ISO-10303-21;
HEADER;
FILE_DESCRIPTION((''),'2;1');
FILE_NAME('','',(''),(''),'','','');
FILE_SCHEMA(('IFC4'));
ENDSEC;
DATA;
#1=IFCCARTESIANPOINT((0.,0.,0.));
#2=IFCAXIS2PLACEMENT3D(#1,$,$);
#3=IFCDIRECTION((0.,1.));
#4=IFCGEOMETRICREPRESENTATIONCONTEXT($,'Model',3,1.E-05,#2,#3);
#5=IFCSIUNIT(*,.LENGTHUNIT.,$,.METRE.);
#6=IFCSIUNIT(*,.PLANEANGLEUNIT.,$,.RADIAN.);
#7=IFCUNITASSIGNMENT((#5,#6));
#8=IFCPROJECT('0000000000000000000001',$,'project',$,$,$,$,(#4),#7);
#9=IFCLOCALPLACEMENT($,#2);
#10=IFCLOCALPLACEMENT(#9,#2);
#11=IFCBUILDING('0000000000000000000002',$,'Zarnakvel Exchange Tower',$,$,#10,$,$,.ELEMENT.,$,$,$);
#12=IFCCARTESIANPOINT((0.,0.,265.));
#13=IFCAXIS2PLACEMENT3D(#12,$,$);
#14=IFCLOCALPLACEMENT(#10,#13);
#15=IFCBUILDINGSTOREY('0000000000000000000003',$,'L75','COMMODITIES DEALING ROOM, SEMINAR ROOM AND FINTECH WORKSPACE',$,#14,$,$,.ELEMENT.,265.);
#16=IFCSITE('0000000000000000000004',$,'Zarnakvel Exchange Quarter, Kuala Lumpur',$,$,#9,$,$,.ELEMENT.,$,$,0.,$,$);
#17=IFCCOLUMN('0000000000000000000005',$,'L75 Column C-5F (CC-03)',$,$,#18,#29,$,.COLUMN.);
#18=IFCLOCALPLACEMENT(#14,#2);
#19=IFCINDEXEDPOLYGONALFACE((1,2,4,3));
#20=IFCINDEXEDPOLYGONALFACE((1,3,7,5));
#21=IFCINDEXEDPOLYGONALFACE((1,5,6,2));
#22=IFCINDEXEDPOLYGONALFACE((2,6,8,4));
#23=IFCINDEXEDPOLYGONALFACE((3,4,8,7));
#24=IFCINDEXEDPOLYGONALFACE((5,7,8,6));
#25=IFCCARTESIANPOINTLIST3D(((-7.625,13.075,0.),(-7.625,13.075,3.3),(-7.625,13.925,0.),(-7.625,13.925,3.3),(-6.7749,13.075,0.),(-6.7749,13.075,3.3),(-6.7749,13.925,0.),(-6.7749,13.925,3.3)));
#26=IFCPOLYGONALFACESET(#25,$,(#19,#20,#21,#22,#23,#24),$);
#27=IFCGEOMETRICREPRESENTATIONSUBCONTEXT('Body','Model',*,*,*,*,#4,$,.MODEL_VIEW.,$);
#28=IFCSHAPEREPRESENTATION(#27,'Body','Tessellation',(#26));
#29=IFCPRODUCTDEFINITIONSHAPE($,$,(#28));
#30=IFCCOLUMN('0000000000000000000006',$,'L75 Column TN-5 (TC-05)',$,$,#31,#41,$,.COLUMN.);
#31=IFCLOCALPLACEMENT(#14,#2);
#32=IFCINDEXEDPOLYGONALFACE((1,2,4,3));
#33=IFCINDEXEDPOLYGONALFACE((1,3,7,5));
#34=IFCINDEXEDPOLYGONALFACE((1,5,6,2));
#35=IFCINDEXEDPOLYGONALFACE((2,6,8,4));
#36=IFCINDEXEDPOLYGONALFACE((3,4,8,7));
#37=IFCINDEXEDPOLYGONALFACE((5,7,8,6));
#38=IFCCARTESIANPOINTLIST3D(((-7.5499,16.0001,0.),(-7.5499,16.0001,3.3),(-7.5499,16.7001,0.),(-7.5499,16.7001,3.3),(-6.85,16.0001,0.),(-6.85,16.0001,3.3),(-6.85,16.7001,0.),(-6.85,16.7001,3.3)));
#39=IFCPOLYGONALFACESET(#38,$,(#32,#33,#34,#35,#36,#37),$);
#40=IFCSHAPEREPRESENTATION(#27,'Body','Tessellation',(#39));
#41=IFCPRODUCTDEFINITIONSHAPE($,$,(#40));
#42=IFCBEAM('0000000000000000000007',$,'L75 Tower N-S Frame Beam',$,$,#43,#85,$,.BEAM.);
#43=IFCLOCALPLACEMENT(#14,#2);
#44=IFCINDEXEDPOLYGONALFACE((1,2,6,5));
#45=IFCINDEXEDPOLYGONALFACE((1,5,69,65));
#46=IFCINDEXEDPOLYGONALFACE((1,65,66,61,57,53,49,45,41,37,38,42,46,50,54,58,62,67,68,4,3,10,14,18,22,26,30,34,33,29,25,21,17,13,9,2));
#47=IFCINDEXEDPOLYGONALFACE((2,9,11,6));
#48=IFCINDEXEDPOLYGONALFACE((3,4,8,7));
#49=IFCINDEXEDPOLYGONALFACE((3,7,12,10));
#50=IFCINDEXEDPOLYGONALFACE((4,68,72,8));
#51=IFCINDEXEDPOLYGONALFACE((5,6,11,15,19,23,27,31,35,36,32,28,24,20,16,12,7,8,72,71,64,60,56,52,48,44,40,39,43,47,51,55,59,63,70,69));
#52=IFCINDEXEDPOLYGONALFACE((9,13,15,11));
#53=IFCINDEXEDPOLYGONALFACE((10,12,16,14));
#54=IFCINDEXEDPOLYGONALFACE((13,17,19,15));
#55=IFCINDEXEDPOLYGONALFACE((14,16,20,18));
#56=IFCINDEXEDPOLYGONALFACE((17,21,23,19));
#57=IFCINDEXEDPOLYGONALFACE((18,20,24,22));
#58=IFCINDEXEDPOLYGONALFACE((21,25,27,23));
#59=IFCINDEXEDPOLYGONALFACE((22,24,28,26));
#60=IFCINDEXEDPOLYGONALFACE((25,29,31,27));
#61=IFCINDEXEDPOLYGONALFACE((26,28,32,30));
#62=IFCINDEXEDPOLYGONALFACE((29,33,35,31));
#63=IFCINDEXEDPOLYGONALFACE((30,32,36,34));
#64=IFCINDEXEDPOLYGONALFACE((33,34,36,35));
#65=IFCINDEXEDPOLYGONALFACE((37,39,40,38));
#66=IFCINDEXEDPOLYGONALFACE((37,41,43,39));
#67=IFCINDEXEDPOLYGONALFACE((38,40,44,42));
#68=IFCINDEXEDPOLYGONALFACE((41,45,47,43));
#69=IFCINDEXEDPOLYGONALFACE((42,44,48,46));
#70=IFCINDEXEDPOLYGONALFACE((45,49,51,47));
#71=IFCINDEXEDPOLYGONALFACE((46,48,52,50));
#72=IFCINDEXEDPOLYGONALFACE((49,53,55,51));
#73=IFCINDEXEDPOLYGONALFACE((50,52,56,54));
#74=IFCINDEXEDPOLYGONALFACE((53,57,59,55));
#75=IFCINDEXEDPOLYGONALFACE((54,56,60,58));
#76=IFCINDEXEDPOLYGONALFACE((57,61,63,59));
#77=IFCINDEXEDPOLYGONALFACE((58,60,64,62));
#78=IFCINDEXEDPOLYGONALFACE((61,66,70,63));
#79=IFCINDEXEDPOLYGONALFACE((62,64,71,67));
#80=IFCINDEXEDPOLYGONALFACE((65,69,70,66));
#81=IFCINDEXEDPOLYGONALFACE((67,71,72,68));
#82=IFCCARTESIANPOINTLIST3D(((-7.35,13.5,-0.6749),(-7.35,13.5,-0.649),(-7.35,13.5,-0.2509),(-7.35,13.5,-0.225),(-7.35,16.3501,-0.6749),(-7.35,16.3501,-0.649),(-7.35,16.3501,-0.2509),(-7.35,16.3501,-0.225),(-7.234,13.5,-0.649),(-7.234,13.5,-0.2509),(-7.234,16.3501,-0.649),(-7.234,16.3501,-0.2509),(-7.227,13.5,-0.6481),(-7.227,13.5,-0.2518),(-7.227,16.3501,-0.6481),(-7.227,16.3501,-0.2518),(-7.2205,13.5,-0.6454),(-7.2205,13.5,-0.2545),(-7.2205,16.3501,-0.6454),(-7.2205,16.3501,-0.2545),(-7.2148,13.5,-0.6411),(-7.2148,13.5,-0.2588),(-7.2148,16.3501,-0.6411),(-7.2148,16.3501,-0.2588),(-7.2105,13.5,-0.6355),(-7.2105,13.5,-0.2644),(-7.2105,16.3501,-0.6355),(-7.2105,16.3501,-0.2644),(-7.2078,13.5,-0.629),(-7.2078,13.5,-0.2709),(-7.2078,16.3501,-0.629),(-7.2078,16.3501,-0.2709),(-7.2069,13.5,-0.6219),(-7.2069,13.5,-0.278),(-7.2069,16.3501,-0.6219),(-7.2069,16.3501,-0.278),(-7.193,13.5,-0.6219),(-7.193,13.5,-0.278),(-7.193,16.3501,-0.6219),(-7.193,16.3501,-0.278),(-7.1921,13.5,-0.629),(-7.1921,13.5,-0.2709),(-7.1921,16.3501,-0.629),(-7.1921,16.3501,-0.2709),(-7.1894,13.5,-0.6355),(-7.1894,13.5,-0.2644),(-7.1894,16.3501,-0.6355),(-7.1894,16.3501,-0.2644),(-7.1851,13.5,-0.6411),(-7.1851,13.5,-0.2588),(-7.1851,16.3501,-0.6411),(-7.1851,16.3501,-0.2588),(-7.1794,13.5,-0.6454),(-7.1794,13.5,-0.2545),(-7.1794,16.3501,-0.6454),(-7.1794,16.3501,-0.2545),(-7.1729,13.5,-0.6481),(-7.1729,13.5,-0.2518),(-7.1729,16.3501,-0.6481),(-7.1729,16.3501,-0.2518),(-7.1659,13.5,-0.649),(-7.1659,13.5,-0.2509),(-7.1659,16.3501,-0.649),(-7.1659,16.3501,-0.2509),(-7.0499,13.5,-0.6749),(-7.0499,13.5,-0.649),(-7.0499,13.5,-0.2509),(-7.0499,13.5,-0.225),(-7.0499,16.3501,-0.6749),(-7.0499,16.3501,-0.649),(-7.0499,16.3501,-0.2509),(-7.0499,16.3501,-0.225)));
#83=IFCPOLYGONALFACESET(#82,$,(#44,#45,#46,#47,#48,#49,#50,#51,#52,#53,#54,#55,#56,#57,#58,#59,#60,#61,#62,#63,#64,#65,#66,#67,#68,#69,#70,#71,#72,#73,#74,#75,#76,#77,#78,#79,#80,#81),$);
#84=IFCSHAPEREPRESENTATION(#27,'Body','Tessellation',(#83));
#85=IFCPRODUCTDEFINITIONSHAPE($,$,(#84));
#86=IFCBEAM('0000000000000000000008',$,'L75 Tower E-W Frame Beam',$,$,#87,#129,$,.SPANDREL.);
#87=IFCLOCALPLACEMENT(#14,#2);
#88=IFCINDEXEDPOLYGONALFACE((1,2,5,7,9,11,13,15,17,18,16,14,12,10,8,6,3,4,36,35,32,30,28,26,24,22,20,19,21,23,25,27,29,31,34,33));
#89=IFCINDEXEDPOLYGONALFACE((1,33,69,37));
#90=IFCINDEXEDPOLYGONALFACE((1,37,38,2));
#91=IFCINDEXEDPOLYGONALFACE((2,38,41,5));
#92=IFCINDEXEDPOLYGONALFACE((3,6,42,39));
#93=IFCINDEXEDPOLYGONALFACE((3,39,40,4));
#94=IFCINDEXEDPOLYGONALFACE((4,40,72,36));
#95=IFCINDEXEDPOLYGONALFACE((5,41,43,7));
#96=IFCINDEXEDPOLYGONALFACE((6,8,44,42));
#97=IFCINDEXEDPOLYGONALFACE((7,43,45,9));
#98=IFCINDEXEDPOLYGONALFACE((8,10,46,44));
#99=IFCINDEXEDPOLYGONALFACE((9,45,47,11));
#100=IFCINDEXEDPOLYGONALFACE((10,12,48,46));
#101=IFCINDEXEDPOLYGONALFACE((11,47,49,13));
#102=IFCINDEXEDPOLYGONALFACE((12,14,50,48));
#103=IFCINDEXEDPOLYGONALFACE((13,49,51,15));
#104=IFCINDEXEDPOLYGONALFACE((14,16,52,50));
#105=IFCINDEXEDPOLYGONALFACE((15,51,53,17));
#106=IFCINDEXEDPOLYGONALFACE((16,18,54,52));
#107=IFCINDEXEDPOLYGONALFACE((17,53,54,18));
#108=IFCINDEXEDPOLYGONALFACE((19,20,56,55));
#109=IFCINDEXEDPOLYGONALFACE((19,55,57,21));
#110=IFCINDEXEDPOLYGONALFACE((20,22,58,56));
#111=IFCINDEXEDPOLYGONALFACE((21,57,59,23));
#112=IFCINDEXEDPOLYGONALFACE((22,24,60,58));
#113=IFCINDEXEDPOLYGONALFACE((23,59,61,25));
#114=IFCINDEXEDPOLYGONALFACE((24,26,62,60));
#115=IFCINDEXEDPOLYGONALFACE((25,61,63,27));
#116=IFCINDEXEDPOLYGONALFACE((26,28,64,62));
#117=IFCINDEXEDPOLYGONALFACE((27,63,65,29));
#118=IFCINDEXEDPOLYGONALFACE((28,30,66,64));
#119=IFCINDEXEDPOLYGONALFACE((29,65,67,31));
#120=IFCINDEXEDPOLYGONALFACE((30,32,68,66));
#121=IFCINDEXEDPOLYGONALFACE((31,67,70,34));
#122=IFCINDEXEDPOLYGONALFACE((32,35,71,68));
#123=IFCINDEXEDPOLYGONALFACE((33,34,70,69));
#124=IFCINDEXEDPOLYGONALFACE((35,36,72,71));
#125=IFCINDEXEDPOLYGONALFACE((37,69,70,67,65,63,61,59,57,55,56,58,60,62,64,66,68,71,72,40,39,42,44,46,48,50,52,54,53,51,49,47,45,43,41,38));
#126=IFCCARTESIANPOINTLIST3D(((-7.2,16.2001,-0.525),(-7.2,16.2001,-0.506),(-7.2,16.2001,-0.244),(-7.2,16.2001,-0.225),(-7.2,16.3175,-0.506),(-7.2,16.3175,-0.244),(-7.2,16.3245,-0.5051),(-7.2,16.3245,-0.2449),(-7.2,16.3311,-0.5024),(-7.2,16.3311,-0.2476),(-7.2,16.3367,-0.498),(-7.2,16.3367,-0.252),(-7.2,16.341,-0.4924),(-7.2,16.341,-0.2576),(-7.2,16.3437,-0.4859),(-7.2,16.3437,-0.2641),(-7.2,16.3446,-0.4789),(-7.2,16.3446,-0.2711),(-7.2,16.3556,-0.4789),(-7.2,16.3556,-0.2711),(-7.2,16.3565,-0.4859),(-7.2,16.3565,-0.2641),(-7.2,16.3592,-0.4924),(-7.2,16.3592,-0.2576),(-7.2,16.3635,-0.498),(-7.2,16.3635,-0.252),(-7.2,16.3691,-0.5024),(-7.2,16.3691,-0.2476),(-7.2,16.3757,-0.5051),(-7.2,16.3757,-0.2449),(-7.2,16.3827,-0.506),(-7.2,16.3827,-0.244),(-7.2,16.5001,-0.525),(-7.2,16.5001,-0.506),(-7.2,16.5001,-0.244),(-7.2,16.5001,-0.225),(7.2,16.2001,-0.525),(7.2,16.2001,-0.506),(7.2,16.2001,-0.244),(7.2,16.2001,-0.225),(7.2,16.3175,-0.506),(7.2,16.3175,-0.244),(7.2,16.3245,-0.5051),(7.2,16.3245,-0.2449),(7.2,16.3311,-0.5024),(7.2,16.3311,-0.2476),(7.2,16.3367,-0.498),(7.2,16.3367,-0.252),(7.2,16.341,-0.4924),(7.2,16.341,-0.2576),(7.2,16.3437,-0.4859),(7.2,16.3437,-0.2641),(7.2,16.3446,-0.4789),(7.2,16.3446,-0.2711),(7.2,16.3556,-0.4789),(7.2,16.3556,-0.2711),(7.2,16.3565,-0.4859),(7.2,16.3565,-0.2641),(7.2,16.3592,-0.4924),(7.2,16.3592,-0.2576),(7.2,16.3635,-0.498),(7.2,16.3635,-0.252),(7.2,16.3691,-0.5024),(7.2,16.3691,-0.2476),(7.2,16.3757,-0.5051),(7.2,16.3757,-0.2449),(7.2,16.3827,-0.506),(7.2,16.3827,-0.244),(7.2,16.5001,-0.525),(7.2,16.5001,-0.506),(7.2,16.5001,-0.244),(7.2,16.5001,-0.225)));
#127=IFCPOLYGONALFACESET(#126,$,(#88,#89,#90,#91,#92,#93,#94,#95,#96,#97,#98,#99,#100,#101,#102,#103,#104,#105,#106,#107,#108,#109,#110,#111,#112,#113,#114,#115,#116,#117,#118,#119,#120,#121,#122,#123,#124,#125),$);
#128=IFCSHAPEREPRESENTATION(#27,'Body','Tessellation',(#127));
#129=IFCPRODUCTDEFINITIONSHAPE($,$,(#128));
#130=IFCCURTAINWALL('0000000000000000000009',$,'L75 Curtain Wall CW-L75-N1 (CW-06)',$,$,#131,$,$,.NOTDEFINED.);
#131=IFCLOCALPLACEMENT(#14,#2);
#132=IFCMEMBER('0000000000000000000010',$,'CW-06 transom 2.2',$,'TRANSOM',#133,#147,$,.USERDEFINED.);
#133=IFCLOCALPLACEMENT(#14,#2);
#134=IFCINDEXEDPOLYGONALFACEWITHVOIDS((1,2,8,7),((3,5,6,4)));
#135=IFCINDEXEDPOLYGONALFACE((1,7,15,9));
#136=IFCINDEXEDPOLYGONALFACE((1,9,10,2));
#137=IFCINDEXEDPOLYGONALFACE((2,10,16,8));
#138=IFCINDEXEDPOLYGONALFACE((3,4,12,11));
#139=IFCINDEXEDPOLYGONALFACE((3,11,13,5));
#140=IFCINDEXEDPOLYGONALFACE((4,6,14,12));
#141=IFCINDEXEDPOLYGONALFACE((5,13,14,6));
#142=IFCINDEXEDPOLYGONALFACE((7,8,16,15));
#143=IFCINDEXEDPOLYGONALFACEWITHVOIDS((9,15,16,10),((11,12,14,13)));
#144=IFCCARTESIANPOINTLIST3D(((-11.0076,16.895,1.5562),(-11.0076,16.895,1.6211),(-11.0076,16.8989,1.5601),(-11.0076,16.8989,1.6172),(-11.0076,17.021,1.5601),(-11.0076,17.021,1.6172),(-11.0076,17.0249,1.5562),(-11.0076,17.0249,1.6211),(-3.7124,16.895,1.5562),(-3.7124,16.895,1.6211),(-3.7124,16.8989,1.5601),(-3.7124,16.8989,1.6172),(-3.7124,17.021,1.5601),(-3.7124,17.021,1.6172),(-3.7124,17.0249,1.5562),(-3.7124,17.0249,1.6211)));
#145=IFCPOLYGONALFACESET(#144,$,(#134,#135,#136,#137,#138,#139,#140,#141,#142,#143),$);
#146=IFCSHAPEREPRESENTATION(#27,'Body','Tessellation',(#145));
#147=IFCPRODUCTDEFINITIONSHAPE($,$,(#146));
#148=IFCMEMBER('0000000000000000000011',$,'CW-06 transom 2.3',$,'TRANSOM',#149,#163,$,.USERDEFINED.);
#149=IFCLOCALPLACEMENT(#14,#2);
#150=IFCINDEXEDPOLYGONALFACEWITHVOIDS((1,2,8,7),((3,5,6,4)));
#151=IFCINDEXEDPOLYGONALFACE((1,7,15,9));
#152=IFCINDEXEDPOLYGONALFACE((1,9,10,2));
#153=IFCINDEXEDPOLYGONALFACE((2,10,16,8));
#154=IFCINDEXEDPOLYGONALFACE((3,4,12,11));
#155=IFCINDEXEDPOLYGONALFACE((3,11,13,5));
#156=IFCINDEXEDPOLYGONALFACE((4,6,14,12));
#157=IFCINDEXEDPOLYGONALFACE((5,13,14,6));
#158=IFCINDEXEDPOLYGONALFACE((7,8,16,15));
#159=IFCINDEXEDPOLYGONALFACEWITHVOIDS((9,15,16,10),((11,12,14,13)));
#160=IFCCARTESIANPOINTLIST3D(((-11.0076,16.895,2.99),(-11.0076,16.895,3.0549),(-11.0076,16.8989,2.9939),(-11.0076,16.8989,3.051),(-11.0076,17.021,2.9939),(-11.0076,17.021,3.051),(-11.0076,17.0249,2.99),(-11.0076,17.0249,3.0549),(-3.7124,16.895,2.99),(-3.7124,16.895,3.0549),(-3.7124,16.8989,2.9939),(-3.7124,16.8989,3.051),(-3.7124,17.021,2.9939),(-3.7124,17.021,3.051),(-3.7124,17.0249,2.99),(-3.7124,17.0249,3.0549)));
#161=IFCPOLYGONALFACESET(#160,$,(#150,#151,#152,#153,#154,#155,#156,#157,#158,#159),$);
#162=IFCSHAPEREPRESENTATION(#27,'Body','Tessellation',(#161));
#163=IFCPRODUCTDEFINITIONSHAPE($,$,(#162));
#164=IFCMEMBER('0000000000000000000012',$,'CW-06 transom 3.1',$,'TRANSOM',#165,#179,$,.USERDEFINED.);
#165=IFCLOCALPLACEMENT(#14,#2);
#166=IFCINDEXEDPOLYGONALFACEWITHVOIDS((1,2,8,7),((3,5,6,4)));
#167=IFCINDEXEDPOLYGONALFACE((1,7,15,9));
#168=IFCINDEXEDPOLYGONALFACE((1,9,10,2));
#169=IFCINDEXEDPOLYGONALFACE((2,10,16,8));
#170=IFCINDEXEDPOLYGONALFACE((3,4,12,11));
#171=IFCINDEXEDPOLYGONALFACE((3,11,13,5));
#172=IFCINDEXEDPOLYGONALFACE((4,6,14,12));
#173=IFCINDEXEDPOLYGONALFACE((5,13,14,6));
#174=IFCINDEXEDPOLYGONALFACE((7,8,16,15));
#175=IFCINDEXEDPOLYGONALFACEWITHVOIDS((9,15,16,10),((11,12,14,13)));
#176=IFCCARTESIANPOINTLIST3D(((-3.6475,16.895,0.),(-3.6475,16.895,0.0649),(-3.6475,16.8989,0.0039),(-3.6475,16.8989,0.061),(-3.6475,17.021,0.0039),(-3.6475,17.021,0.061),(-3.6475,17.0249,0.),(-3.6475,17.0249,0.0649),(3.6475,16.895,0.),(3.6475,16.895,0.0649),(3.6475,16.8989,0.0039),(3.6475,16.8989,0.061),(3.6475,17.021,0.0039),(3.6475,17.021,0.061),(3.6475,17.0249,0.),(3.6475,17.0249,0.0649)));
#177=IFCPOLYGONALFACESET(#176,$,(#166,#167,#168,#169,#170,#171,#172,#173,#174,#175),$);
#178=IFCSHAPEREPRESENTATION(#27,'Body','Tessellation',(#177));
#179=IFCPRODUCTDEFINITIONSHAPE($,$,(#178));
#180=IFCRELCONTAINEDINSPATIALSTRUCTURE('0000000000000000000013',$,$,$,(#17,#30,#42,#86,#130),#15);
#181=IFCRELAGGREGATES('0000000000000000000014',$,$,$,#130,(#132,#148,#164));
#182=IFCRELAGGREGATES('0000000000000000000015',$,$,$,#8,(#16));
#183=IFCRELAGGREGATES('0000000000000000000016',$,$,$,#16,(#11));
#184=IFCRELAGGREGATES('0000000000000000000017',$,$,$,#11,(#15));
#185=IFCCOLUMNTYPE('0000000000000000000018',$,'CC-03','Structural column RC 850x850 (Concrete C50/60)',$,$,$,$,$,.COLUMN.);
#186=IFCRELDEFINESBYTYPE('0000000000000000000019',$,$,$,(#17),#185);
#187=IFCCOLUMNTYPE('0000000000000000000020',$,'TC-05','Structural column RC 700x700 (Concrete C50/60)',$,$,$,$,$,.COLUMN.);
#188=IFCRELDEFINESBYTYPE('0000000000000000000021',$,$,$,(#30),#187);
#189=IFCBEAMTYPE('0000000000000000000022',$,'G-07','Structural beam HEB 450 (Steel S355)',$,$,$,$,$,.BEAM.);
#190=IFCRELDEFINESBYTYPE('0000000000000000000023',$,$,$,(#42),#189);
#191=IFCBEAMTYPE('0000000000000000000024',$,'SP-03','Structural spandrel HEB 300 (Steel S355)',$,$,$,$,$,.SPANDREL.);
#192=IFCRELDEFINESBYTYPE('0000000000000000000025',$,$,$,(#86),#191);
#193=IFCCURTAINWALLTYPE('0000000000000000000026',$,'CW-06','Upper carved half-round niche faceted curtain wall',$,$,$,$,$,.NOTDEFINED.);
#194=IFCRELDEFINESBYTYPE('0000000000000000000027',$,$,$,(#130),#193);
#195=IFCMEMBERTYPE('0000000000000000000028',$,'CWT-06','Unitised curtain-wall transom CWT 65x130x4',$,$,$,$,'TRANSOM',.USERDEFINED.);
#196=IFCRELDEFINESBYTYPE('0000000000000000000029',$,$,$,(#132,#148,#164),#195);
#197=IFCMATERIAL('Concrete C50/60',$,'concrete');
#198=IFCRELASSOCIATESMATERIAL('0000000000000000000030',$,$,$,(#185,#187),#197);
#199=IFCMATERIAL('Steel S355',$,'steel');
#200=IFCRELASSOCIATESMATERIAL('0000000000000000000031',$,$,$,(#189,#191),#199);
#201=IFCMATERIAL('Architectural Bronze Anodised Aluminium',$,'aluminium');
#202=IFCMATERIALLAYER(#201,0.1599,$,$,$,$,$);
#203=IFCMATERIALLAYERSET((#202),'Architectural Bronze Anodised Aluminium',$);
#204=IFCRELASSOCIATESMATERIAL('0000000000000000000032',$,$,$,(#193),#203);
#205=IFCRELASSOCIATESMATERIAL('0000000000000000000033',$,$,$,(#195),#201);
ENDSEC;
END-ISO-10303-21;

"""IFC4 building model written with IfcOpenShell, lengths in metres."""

from ifc_helpers import new_model, si_unit, direction, frame, origin, origin_2d, place, context, subcontext, project, spatial, rectangle, hollow_rectangle, i_section, extrude, source, transform, mapped, material, layer, layer_set, material_profile, profile_set, type_object, element, aggregate, save


model = new_model("IFC4")

# Units and contexts
model_context = context("Model", 3, precision=1e-05, world=origin(), true_north=direction((0.0, 1.0)))
body_context = subcontext(model_context, "Body", "Model", "MODEL_VIEW")
ifc_project = project(units=[si_unit("LENGTHUNIT", "METRE"), si_unit("PLANEANGLEUNIT", "RADIAN")], contexts=[model_context])

# Site, building, storey
site_placement = place(None, origin())
site = spatial("IfcSite", under=ifc_project, at=site_placement, Name="Zarnakvel Exchange Quarter, Kuala Lumpur", CompositionType="ELEMENT", RefElevation=0.0)
building_placement = place(site_placement, origin())
building = spatial("IfcBuilding", under=site, at=building_placement, Name="Zarnakvel Exchange Tower", CompositionType="ELEMENT")
storey_placement = place(building_placement, frame((0.0, 0.0, 265.0)))
storey = spatial("IfcBuildingStorey", under=building, at=storey_placement, Name="L75", Description="COMMODITIES DEALING ROOM, SEMINAR ROOM AND FINTECH WORKSPACE", CompositionType="ELEMENT", Elevation=265.0)

# Columns
ifc_material_1 = material(Name="Concrete C50/60", Category="concrete")
ifc_material_profile_1 = material_profile(ifc_material_1, rectangle(XDim=0.8501, YDim=0.8501, at=origin_2d()))
ifc_profile_set_1 = profile_set([ifc_material_profile_1], Name="Concrete C50/60")
column_type_1 = type_object("IfcColumnType", Name="CC-03", Description="Structural column RC 850x850 (Concrete C50/60)", PredefinedType="COLUMN", material=ifc_profile_set_1)
column_1_placement = place(storey_placement, frame((-7.2, 13.5, 0.0), z_axis=(0.0, 0.0, 1.0), x_axis=(1.0, 0.0, 0.0)))
element("IfcColumn", 1, at=column_1_placement, inside=storey, type_object=column_type_1, Name="L75 Column C-5F (CC-03)", PredefinedType="COLUMN", context=body_context, shape_type="SweptSolid", body=[
    extrude(rectangle(XDim=0.8501, YDim=0.8501, at=origin_2d()), origin(), (0.0, 0.0, 1.0), 3.3),
])
ifc_material_profile_2 = material_profile(ifc_material_1, rectangle(XDim=0.7, YDim=0.7, at=origin_2d()))
ifc_profile_set_2 = profile_set([ifc_material_profile_2], Name="Concrete C50/60")
column_type_2 = type_object("IfcColumnType", Name="TC-05", Description="Structural column RC 700x700 (Concrete C50/60)", PredefinedType="COLUMN", material=ifc_profile_set_2)
column_2_placement = place(storey_placement, frame((-7.2, 16.3501, 0.0), z_axis=(0.0, 0.0, 1.0), x_axis=(1.0, 0.0, 0.0)))
element("IfcColumn", 2, at=column_2_placement, inside=storey, type_object=column_type_2, Name="L75 Column TN-5 (TC-05)", PredefinedType="COLUMN", context=body_context, shape_type="SweptSolid", body=[
    extrude(rectangle(XDim=0.7, YDim=0.7, at=origin_2d()), origin(), (0.0, 0.0, 1.0), 3.3),
])

# Beams
ifc_material_2 = material(Name="Steel S355", Category="steel")
ifc_material_profile_3 = material_profile(ifc_material_2, i_section(OverallWidth=0.3, OverallDepth=0.45, WebThickness=0.0139, FlangeThickness=0.0259, FilletRadius=0.0271, at=origin_2d()))
ifc_profile_set_3 = profile_set([ifc_material_profile_3], Name="Steel S355")
beam_type_1 = type_object("IfcBeamType", Name="G-07", Description="Structural beam HEB 450 (Steel S355)", PredefinedType="BEAM", material=ifc_profile_set_3)
beam_1_placement = place(storey_placement, frame((-7.2, 13.5, -0.45), z_axis=(0.0, 1.0, 0.0), x_axis=(-1.0, 0.0, 0.0)))
element("IfcBeam", 3, at=beam_1_placement, inside=storey, type_object=beam_type_1, Name="L75 Tower N-S Frame Beam", PredefinedType="BEAM", context=body_context, shape_type="SweptSolid", body=[
    extrude(i_section(OverallWidth=0.3, OverallDepth=0.45, WebThickness=0.0139, FlangeThickness=0.0259, FilletRadius=0.0271, at=origin_2d()), origin(), (0.0, 0.0, 1.0), 2.8501),
])
ifc_material_profile_4 = material_profile(ifc_material_2, i_section(OverallWidth=0.3, OverallDepth=0.3, WebThickness=0.011, FlangeThickness=0.019, FilletRadius=0.0271, at=origin_2d()))
ifc_profile_set_4 = profile_set([ifc_material_profile_4], Name="Steel S355")
beam_type_2 = type_object("IfcBeamType", Name="SP-03", Description="Structural spandrel HEB 300 (Steel S355)", PredefinedType="SPANDREL", material=ifc_profile_set_4)
beam_2_placement = place(storey_placement, frame((-7.2, 16.3501, -0.375), z_axis=(1.0, 0.0, 0.0), x_axis=(0.0, 1.0, 0.0)))
element("IfcBeam", 4, at=beam_2_placement, inside=storey, type_object=beam_type_2, Name="L75 Tower E-W Frame Beam", PredefinedType="SPANDREL", context=body_context, shape_type="SweptSolid", body=[
    extrude(i_section(OverallWidth=0.3, OverallDepth=0.3, WebThickness=0.011, FlangeThickness=0.019, FilletRadius=0.0271, at=origin_2d()), origin(), (0.0, 0.0, 1.0), 14.3999),
])

# Curtain wall, members
ifc_material_3 = material(Name="Architectural Bronze Anodised Aluminium", Category="aluminium")
ifc_layer_1 = layer(ifc_material_3, 0.1599)
ifc_layer_set_1 = layer_set([ifc_layer_1], Name="Architectural Bronze Anodised Aluminium")
curtain_wall_type = type_object("IfcCurtainWallType", Name="CW-06", Description="Upper carved half-round niche faceted curtain wall", PredefinedType="NOTDEFINED", material=ifc_layer_set_1)
curtain_wall_placement = place(storey_placement, origin())
curtain_wall = element("IfcCurtainWall", 5, at=curtain_wall_placement, inside=storey, type_object=curtain_wall_type, Name="L75 Curtain Wall CW-L75-N1 (CW-06)", PredefinedType="NOTDEFINED")
ifc_material_profile_5 = material_profile(ifc_material_3, hollow_rectangle(XDim=0.1299, YDim=0.0649, WallThickness=0.0039, at=origin_2d()))
ifc_profile_set_5 = profile_set([ifc_material_profile_5], Name="Architectural Bronze Anodised Aluminium")
member_type_1 = type_object("IfcMemberType", Name="CWT-06", Description="Unitised curtain-wall transom CWT 65x130x4", ElementType="TRANSOM", PredefinedType="USERDEFINED", material=ifc_profile_set_5)
shared_shape_1 = source(origin(), body_context, "Body", "SweptSolid", [
    extrude(hollow_rectangle(XDim=0.1299, YDim=0.0649, WallThickness=0.0039, at=origin_2d()), origin(), (0.0, 0.0, 1.0), 7.2952),
])
member_1_placement = place(storey_placement, frame((-11.0076, 16.96, 1.5886), z_axis=(1.0, 0.0, 0.0), x_axis=(0.0, 1.0, 0.0)))
member_1 = element("IfcMember", 6, at=member_1_placement, type_object=member_type_1, Name="CW-06 transom 2.2", ObjectType="TRANSOM", PredefinedType="USERDEFINED", context=body_context, shape_type="MappedRepresentation", body=[
    mapped(shared_shape_1, transform((0.0, 0.0, 0.0), x_axis=(1.0, 0.0, 0.0), y_axis=(0.0, 1.0, 0.0), z_axis=(0.0, 0.0, 1.0), scale=1.0)),
])
member_2_placement = place(storey_placement, frame((-11.0076, 16.96, 3.0225), z_axis=(1.0, 0.0, 0.0), x_axis=(0.0, 1.0, 0.0)))
member_2 = element("IfcMember", 7, at=member_2_placement, type_object=member_type_1, Name="CW-06 transom 2.3", ObjectType="TRANSOM", PredefinedType="USERDEFINED", context=body_context, shape_type="MappedRepresentation", body=[
    mapped(shared_shape_1, transform((0.0, 0.0, 0.0), x_axis=(1.0, 0.0, 0.0), y_axis=(0.0, 1.0, 0.0), z_axis=(0.0, 0.0, 1.0), scale=1.0)),
])
shared_shape_2 = source(origin(), body_context, "Body", "SweptSolid", [
    extrude(hollow_rectangle(XDim=0.1299, YDim=0.0649, WallThickness=0.0039, at=origin_2d()), origin(), (0.0, 0.0, 1.0), 7.2949),
])
member_3_placement = place(storey_placement, frame((-3.6475, 16.96, 0.0325), z_axis=(1.0, 0.0, 0.0), x_axis=(0.0, 1.0, 0.0)))
member_3 = element("IfcMember", 8, at=member_3_placement, type_object=member_type_1, Name="CW-06 transom 3.1", ObjectType="TRANSOM", PredefinedType="USERDEFINED", context=body_context, shape_type="MappedRepresentation", body=[
    mapped(shared_shape_2, transform((0.0, 0.0, 0.0), x_axis=(1.0, 0.0, 0.0), y_axis=(0.0, 1.0, 0.0), z_axis=(0.0, 0.0, 1.0), scale=1.0)),
])
aggregate(curtain_wall, [member_1, member_2, member_3])

save(model, "model.ifc")
